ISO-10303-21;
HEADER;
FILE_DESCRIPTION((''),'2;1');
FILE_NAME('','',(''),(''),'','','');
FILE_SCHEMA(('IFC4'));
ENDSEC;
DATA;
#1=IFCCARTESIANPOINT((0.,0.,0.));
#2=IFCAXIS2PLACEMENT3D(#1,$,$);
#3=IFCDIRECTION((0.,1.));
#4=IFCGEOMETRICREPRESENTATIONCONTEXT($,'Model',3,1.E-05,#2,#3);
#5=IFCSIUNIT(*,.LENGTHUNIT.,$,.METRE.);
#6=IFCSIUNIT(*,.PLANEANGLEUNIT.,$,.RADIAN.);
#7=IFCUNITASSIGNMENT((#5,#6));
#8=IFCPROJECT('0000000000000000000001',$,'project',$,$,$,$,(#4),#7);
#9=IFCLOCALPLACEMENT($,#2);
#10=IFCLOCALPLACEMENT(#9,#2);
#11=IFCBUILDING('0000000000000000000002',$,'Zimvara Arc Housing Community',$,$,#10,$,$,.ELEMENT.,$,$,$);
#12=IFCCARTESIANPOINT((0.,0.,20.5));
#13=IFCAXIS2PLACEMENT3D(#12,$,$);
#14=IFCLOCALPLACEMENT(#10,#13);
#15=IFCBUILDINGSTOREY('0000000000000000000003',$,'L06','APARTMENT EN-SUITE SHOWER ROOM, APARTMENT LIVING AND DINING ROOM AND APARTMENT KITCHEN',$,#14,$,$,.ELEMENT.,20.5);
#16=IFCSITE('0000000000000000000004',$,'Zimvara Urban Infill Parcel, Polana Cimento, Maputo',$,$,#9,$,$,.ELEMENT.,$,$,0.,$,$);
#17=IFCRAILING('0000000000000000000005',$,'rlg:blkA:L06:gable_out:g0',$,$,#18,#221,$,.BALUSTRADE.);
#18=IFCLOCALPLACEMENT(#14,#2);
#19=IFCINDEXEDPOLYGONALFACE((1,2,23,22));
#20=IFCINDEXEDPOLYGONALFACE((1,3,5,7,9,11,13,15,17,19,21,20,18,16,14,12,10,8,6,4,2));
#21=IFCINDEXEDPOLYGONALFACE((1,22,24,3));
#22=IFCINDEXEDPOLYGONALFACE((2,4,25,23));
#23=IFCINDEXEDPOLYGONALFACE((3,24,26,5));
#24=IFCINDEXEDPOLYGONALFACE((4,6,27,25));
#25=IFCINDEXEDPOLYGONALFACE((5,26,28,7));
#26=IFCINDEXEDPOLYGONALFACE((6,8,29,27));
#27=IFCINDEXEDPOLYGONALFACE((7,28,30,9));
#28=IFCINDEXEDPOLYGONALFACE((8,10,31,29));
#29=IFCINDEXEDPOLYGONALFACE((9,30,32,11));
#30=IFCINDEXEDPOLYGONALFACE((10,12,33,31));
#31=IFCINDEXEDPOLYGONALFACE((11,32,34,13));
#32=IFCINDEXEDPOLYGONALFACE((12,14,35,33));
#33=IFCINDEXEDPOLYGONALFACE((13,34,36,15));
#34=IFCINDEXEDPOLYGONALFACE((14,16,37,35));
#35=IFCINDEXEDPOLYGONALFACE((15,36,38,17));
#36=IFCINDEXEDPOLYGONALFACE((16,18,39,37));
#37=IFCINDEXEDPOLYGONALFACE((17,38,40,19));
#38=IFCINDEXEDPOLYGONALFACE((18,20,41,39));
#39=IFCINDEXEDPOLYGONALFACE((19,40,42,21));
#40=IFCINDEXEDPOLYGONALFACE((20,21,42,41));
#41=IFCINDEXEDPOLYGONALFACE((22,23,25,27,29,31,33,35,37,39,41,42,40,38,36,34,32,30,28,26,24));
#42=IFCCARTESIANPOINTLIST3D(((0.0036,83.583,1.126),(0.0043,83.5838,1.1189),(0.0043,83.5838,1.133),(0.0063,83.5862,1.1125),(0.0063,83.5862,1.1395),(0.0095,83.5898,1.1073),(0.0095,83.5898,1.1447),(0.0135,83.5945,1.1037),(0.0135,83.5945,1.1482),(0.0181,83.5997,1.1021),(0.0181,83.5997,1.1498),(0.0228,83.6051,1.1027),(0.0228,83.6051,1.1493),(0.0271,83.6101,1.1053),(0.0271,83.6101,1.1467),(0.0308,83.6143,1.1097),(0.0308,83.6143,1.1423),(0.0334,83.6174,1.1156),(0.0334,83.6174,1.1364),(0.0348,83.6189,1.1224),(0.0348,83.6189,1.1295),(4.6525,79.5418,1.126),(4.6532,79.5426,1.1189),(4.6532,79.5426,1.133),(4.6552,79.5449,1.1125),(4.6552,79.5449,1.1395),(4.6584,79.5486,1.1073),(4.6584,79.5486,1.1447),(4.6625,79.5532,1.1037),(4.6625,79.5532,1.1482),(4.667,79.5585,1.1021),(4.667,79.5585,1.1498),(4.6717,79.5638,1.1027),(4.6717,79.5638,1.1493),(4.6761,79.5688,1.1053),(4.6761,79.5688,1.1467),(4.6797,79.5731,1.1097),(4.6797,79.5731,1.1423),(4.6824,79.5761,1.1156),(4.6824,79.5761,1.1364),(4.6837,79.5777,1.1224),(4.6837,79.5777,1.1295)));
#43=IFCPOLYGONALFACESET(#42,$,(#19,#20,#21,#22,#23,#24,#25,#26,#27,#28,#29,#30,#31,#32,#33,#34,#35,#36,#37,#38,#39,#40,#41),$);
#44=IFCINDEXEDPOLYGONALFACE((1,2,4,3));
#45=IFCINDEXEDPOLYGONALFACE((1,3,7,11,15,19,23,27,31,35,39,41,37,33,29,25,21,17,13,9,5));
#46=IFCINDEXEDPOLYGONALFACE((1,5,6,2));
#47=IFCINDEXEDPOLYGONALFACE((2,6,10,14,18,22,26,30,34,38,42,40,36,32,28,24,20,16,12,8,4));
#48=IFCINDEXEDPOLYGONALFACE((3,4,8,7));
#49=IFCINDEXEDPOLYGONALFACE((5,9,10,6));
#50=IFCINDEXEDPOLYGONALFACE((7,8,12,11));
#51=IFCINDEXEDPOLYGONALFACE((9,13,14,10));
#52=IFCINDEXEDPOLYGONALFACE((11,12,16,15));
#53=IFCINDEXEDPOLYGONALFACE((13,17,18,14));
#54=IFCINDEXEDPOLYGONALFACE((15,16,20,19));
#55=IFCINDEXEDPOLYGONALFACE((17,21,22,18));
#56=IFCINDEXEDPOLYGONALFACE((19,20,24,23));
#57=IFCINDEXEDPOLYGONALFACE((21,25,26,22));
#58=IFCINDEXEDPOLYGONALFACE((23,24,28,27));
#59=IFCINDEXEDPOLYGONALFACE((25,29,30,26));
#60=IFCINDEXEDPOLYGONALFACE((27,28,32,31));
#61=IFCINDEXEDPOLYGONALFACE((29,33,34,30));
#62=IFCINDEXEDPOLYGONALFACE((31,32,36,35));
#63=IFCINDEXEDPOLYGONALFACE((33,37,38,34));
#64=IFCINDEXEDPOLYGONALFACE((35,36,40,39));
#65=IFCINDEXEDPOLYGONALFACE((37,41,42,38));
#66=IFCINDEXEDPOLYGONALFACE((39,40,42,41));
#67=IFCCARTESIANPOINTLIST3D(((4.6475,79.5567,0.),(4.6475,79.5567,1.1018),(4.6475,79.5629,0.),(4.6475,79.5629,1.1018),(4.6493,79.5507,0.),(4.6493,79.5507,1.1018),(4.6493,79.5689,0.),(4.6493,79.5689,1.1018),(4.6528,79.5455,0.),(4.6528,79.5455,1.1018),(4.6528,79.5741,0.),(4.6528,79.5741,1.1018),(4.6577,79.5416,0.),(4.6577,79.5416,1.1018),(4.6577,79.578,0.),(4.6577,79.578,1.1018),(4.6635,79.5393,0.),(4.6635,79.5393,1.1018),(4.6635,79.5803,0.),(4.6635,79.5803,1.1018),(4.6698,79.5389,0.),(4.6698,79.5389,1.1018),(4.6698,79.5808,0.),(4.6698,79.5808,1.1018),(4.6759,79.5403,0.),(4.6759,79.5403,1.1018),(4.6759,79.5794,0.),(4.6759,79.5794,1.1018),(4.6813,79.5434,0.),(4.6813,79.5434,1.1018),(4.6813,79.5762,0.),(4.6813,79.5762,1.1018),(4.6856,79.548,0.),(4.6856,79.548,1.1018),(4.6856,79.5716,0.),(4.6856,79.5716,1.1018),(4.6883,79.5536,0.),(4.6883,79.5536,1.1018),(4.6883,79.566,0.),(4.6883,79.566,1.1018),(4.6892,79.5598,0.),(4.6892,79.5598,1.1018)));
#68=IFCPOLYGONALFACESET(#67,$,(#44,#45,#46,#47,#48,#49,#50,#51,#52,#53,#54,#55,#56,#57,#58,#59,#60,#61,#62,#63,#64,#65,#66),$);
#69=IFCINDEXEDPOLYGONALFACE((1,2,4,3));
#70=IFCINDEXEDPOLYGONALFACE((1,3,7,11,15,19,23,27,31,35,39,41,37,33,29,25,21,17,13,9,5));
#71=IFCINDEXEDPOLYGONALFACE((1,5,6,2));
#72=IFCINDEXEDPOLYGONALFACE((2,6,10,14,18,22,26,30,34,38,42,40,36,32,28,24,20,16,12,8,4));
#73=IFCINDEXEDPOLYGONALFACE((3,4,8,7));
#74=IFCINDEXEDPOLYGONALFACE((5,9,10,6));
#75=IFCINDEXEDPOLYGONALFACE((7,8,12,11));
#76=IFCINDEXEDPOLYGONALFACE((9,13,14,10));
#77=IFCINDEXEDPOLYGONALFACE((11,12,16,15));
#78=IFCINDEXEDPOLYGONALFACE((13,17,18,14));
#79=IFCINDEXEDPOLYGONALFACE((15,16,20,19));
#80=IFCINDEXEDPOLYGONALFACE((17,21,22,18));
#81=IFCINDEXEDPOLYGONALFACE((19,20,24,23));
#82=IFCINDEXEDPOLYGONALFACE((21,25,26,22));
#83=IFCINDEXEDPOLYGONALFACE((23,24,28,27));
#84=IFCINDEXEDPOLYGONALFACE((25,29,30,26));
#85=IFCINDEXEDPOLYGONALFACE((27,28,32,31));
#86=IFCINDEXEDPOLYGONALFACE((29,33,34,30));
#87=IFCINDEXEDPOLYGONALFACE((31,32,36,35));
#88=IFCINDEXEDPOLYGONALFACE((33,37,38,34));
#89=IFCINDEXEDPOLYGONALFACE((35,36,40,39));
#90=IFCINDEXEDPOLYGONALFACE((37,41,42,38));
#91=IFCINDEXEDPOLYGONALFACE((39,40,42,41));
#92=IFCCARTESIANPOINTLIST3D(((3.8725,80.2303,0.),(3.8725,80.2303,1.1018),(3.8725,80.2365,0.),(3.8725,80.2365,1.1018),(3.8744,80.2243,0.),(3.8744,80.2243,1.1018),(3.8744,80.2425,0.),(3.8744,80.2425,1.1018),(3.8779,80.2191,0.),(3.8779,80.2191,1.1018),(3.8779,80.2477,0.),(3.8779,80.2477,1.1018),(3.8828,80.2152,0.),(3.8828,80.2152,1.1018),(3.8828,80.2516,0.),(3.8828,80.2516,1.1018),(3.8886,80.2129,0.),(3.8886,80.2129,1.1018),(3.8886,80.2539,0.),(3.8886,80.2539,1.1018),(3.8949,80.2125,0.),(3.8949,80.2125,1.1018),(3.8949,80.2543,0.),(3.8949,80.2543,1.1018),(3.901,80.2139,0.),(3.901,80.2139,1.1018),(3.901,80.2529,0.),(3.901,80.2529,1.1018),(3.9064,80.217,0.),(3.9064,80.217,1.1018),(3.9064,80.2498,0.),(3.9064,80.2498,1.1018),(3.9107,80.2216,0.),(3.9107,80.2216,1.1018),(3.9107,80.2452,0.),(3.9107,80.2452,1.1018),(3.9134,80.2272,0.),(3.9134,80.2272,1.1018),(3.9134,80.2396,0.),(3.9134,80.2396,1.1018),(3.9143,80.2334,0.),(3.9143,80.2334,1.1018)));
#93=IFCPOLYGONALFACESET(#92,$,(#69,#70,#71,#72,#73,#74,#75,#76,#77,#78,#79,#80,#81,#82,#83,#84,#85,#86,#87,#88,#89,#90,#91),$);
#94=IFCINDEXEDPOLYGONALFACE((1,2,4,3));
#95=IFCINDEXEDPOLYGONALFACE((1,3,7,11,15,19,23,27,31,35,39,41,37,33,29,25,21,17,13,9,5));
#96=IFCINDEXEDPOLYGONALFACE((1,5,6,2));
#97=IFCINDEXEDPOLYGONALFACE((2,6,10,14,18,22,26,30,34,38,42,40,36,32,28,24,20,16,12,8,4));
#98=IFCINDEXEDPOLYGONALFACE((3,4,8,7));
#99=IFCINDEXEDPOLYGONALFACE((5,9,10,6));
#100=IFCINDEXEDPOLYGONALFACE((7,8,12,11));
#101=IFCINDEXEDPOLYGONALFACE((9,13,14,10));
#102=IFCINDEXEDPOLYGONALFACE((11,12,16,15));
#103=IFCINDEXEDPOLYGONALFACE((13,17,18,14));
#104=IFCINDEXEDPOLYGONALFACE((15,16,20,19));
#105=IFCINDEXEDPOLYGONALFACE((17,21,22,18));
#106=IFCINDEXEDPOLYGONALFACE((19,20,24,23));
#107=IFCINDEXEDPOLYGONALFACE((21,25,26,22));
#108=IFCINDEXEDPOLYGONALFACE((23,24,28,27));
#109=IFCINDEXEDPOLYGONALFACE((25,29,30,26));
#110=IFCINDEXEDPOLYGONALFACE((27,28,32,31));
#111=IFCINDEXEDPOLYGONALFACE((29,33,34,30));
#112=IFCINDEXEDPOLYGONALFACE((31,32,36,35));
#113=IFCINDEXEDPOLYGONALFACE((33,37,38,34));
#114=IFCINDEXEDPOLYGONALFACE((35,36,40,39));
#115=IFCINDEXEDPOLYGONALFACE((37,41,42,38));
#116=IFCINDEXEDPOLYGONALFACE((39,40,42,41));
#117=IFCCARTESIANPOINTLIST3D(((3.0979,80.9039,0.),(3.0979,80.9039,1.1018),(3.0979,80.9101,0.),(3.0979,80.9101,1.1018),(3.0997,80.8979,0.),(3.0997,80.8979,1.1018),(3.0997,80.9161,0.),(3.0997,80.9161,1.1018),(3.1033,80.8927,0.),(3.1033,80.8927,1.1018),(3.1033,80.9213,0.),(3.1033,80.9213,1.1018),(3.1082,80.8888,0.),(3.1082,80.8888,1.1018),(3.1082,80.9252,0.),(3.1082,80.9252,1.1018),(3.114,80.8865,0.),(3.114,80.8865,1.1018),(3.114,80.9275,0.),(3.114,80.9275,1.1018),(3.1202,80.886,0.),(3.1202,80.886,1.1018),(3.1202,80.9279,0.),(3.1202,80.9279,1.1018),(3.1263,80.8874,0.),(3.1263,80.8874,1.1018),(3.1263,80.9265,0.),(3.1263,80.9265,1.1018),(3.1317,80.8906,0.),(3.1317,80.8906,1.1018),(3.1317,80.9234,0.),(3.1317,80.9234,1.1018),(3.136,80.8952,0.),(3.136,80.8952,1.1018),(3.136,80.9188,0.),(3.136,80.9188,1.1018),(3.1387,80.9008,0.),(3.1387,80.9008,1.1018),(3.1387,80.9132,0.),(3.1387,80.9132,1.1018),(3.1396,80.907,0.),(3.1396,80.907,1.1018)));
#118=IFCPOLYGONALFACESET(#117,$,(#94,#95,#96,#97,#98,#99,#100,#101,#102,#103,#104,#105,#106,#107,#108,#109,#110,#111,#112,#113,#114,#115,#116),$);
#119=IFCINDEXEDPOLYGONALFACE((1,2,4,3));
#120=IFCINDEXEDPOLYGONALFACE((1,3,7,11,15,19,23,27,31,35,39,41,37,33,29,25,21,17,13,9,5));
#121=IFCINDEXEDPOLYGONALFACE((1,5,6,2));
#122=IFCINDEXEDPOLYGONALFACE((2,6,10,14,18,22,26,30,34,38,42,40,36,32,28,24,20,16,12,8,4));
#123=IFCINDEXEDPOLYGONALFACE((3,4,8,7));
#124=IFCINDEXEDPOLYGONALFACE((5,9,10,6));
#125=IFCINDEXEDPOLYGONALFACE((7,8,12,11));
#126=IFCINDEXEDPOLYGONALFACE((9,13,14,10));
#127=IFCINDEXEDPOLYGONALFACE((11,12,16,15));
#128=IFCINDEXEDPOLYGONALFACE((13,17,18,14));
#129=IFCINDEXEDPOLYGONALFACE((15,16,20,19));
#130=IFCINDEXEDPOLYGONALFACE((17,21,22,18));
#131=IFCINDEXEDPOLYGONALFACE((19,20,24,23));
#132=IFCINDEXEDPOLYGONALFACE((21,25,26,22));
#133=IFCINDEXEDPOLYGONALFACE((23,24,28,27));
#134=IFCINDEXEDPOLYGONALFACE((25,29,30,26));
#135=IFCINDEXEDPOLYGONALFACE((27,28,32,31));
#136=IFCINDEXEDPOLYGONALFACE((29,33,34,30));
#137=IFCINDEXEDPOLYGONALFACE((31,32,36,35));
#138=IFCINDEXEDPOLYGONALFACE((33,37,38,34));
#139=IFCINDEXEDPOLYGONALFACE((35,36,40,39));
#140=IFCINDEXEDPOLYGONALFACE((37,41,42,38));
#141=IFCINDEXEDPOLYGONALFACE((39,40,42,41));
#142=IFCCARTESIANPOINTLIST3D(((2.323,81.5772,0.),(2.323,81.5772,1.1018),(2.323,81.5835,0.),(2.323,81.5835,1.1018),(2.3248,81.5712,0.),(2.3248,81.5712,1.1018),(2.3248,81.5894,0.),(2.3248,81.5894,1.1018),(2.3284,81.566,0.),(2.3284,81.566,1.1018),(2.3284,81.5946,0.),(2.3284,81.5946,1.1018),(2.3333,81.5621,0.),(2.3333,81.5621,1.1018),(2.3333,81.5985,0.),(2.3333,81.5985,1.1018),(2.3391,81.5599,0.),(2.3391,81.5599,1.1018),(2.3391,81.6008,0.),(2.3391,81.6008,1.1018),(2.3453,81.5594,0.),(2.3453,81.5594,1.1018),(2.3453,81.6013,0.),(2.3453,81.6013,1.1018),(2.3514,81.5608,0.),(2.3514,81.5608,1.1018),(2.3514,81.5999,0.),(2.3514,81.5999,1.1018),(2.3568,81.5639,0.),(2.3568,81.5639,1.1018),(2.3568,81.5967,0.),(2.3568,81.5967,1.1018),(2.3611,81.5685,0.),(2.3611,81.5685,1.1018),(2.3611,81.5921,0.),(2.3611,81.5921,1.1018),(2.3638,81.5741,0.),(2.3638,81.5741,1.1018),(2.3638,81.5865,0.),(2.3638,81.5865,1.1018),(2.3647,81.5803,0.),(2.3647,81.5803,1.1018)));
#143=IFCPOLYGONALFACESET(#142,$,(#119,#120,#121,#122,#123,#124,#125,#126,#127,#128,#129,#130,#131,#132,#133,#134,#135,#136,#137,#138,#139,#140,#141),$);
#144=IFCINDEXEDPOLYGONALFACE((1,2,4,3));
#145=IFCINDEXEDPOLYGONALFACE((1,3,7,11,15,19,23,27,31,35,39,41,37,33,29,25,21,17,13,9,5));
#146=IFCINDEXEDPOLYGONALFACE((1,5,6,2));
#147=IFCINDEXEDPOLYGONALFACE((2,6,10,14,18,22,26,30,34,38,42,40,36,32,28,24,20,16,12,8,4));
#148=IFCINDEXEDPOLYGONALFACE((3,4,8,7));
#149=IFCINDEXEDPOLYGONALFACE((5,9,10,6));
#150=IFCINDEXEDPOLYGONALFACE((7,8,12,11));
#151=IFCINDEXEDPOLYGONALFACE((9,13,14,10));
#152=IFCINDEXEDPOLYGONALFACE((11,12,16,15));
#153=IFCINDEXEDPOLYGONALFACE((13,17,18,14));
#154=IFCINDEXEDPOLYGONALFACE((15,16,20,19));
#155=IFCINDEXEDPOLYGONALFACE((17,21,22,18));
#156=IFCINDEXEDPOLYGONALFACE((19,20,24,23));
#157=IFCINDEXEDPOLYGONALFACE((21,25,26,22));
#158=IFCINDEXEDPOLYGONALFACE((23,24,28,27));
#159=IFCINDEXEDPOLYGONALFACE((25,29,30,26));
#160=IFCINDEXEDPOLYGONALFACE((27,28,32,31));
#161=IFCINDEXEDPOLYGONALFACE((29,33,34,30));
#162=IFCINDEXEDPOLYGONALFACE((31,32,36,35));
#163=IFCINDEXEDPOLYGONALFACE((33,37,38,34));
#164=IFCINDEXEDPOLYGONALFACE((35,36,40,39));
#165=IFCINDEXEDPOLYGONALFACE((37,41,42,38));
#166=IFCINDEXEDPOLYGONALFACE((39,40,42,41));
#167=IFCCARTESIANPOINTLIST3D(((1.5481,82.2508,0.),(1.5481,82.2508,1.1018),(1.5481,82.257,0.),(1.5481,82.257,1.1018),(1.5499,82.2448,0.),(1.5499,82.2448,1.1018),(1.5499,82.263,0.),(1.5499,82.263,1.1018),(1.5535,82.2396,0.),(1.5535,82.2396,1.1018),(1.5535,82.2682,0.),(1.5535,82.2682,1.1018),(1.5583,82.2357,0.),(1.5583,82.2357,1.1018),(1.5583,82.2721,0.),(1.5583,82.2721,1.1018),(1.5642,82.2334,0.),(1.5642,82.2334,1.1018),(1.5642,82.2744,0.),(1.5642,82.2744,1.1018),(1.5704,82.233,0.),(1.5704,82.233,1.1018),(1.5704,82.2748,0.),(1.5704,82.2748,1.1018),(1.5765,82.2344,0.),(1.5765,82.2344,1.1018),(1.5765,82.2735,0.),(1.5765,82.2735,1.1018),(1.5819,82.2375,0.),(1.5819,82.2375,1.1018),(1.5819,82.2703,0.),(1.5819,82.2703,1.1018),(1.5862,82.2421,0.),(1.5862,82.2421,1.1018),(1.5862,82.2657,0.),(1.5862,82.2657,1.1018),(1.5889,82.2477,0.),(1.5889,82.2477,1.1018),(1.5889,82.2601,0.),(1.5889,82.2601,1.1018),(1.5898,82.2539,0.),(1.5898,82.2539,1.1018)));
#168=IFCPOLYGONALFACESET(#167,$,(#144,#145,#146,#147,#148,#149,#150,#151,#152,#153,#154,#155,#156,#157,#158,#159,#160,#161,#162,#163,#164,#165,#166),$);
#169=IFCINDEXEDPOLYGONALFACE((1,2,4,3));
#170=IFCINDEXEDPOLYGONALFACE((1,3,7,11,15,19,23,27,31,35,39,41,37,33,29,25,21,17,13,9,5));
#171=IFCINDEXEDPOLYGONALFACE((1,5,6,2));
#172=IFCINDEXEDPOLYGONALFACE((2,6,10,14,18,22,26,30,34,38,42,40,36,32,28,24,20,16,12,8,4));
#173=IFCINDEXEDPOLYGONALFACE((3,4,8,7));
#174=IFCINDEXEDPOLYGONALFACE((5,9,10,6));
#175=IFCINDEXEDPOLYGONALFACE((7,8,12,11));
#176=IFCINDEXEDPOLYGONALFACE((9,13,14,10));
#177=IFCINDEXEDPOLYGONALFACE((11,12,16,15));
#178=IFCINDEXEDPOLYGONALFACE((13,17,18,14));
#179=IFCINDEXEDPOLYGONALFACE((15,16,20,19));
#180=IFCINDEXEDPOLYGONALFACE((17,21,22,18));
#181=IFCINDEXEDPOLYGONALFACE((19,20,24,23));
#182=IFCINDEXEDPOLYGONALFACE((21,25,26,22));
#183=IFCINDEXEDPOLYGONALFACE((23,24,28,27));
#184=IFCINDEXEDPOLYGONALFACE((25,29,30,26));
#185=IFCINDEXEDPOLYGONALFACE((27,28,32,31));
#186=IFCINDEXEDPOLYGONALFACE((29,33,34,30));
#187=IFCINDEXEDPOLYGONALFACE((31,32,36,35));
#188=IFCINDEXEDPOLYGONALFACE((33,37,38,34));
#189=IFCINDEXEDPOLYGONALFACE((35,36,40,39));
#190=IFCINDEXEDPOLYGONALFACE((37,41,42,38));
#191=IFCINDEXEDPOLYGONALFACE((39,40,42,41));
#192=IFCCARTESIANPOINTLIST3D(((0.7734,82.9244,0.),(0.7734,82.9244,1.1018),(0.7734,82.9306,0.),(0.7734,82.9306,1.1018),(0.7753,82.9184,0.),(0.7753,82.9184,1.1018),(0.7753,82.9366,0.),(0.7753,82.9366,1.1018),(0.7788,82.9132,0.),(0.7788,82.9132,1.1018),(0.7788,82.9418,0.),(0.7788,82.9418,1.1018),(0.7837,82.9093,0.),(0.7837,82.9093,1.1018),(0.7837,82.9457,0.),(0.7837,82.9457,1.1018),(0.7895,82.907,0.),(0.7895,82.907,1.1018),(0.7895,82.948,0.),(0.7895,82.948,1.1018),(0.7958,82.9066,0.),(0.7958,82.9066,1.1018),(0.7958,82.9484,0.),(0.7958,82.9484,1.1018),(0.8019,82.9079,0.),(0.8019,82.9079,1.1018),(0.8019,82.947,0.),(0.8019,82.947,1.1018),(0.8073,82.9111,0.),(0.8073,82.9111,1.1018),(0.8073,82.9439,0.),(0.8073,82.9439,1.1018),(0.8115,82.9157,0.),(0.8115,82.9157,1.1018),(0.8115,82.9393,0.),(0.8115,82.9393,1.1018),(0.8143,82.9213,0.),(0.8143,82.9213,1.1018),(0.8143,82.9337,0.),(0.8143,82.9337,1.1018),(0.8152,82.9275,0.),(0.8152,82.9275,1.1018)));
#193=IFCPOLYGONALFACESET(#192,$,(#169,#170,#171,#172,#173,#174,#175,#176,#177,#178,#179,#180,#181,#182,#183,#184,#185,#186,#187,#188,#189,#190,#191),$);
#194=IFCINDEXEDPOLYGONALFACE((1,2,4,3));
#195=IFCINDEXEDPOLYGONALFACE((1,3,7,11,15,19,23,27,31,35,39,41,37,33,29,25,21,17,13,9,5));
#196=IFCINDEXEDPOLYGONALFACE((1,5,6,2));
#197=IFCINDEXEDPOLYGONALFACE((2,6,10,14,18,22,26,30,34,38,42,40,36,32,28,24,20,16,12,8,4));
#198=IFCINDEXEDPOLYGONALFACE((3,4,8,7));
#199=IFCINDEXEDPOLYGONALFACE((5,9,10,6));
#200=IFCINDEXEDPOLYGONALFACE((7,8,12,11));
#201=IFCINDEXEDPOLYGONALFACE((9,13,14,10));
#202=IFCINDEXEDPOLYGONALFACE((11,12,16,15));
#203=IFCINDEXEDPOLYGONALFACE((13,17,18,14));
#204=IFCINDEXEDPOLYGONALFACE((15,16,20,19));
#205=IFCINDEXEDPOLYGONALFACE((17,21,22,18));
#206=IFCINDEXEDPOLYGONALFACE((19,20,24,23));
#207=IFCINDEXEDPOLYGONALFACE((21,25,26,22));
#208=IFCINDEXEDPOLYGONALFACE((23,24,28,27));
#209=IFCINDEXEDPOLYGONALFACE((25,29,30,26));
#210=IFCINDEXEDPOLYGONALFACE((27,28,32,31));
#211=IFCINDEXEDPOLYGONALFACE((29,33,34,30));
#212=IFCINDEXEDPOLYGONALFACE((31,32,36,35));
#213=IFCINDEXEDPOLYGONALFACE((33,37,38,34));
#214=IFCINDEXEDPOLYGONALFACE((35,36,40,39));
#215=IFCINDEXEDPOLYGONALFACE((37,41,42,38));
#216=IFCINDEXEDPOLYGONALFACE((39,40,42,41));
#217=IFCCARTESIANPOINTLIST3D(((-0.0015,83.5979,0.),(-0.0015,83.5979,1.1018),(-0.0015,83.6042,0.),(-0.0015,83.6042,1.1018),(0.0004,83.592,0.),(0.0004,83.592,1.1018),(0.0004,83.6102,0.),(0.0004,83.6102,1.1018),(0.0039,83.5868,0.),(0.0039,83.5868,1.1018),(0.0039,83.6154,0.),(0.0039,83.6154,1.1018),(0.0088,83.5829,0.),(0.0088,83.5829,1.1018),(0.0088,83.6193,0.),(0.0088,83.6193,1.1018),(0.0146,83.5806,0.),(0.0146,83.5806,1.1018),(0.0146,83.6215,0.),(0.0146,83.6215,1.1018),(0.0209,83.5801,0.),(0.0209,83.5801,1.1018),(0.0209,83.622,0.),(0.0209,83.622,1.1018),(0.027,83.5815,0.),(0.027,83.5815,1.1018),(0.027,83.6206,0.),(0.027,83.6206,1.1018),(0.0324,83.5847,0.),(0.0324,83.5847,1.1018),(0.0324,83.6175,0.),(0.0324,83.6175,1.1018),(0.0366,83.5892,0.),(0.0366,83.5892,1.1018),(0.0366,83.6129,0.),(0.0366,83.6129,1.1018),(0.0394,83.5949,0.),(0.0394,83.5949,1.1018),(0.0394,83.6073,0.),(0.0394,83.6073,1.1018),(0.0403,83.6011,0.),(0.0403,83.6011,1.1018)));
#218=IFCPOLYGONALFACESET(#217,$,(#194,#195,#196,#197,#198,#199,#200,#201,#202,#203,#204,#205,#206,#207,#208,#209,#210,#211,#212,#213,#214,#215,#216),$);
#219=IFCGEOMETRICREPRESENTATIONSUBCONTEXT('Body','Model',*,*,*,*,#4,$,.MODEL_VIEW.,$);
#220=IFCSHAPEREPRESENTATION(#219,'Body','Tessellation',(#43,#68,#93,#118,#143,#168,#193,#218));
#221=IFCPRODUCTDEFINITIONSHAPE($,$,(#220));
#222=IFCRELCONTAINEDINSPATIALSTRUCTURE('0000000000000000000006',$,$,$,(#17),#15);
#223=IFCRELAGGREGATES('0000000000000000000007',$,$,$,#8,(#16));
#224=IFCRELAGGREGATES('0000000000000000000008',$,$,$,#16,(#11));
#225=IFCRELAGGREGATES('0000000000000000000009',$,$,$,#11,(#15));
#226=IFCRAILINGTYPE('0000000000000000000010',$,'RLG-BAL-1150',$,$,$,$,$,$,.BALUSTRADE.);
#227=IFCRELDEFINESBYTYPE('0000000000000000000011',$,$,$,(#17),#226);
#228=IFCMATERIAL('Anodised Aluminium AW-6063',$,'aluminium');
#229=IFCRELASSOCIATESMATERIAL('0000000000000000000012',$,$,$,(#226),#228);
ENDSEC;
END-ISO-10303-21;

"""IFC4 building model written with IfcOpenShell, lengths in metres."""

from ifc_helpers import new_model, si_unit, direction, frame, origin, origin_2d, place, context, subcontext, project, spatial, circle, extrude, material, type_object, element, save


model = new_model("IFC4")

# Units and contexts
model_context = context("Model", 3, precision=1e-05, world=origin(), true_north=direction((0.0, 1.0)))
body_context = subcontext(model_context, "Body", "Model", "MODEL_VIEW")
ifc_project = project(units=[si_unit("LENGTHUNIT", "METRE"), si_unit("PLANEANGLEUNIT", "RADIAN")], contexts=[model_context])

# Site, building, storey
site_placement = place(None, origin())
site = spatial("IfcSite", under=ifc_project, at=site_placement, Name="Zimvara Urban Infill Parcel, Polana Cimento, Maputo", CompositionType="ELEMENT", RefElevation=0.0)
building_placement = place(site_placement, origin())
building = spatial("IfcBuilding", under=site, at=building_placement, Name="Zimvara Arc Housing Community", CompositionType="ELEMENT")
storey_placement = place(building_placement, frame((0.0, 0.0, 20.5)))
storey = spatial("IfcBuildingStorey", under=building, at=storey_placement, Name="L06", Description="APARTMENT EN-SUITE SHOWER ROOM, APARTMENT LIVING AND DINING ROOM AND APARTMENT KITCHEN", CompositionType="ELEMENT", Elevation=20.5)

# Railing
ifc_material_1 = material(Name="Anodised Aluminium AW-6063", Category="aluminium")
railing_type_1 = type_object("IfcRailingType", Name="RLG-BAL-1150", PredefinedType="BALUSTRADE", material=ifc_material_1)
railing_1_placement = place(storey_placement, frame((4.6682, 79.5598, 0.0)))
element("IfcRailing", 1, at=railing_1_placement, inside=storey, type_object=railing_type_1, Name="rlg:blkA:L06:gable_out:g0", PredefinedType="BALUSTRADE", context=body_context, shape_type="SweptSolid", body=[
    extrude(circle(Radius=0.0239, at=origin_2d()), frame((0.0, 0.0, 1.126), z_axis=(-0.754709, 0.65606, 0.0), x_axis=(-0.65606, -0.754709, 0.0)), (0.0, 0.0, 1.0), 6.1599),
    extrude(circle(Radius=0.021, at=origin_2d()), origin(), (0.0, 0.0, 1.0), 1.1018),
    extrude(circle(Radius=0.021, at=origin_2d()), frame((-0.7749, 0.6736, 0.0)), (0.0, 0.0, 1.0), 1.1018),
    extrude(circle(Radius=0.021, at=origin_2d()), frame((-1.5496, 1.3472, 0.0)), (0.0, 0.0, 1.0), 1.1018),
    extrude(circle(Radius=0.021, at=origin_2d()), frame((-2.3245, 2.0205, 0.0)), (0.0, 0.0, 1.0), 1.1018),
    extrude(circle(Radius=0.021, at=origin_2d()), frame((-3.0994, 2.6941, 0.0)), (0.0, 0.0, 1.0), 1.1018),
    extrude(circle(Radius=0.021, at=origin_2d()), frame((-3.874, 3.3677, 0.0)), (0.0, 0.0, 1.0), 1.1018),
    extrude(circle(Radius=0.021, at=origin_2d()), frame((-4.6489, 4.0413, 0.0)), (0.0, 0.0, 1.0), 1.1018),
])

save(model, "model.ifc")
